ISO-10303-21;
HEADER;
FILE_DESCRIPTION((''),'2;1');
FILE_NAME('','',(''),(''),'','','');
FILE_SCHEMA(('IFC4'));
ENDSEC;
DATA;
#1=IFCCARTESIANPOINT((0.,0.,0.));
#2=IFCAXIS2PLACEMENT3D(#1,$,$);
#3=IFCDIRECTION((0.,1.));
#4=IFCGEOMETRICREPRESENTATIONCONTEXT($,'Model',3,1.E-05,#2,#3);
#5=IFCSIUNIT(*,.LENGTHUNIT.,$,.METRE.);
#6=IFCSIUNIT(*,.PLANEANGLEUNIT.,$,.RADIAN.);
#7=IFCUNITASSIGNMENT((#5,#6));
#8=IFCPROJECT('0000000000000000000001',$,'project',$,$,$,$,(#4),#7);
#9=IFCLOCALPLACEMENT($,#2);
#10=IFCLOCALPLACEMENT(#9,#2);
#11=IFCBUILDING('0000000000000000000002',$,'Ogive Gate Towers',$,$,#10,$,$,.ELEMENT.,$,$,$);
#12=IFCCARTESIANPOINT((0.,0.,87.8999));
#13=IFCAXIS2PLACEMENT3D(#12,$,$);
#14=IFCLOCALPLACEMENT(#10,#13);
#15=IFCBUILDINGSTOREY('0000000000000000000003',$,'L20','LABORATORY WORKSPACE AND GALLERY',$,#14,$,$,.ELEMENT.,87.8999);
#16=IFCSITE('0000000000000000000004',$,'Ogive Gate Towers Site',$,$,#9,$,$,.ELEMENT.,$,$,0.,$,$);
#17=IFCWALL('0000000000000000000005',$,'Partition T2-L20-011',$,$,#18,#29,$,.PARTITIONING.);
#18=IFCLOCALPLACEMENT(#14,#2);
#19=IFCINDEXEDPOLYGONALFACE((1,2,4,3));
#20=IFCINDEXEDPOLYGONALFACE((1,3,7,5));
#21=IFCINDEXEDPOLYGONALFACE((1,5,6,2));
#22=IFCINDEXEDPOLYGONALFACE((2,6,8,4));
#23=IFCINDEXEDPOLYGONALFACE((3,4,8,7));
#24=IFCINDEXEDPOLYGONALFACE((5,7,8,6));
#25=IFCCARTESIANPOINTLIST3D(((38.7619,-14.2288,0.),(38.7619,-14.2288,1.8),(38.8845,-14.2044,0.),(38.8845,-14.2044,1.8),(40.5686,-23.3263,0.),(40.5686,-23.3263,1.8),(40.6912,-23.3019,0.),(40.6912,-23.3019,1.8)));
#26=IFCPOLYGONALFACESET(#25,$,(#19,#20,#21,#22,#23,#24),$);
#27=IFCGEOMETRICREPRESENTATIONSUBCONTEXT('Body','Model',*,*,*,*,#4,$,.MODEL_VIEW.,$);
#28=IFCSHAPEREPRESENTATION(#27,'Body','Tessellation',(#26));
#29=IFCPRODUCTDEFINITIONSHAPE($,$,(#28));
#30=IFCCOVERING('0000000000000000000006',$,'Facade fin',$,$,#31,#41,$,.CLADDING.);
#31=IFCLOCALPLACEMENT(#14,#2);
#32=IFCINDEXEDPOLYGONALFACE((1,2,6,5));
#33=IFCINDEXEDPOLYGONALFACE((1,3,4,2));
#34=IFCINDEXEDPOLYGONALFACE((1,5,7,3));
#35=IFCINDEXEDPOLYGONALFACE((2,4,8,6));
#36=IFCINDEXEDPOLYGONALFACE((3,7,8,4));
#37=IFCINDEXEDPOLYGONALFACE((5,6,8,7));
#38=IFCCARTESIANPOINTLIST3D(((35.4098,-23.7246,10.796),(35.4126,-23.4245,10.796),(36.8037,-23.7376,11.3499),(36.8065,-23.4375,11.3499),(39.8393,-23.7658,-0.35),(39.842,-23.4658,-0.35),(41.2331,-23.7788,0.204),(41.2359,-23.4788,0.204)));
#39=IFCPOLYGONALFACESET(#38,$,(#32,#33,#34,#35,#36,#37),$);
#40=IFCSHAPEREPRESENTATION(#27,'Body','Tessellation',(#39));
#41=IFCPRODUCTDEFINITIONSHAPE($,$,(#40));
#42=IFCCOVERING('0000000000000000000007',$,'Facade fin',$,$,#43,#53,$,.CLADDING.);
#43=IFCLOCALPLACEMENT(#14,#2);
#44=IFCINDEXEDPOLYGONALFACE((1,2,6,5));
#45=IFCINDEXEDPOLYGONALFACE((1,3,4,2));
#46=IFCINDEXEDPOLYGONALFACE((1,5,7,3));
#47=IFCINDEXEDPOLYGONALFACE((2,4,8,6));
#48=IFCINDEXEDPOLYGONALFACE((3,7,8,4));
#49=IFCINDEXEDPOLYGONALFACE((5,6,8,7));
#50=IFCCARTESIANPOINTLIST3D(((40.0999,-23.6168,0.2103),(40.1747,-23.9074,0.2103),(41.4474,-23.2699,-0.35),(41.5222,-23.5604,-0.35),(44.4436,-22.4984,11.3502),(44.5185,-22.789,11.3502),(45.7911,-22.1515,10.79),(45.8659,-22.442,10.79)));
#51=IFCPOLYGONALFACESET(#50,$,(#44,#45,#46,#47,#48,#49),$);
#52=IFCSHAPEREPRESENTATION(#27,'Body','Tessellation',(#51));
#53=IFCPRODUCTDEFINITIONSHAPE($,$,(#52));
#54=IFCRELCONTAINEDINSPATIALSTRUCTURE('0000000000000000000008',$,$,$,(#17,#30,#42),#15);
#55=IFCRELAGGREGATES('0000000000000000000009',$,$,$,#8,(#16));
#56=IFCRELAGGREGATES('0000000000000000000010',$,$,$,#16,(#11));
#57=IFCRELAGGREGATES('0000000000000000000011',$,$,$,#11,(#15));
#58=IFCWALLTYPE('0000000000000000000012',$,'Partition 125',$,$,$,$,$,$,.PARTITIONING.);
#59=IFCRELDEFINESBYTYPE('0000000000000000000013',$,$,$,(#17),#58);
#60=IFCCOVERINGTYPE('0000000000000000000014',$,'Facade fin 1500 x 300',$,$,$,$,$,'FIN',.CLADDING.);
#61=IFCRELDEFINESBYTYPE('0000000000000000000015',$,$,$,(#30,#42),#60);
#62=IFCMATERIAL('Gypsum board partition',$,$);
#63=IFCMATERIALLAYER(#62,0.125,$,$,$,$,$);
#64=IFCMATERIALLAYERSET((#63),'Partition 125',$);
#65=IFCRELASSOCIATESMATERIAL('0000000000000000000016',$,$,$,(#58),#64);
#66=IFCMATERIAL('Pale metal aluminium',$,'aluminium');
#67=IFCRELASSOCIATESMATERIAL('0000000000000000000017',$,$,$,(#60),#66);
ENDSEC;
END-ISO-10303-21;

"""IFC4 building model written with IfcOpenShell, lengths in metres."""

from ifc_helpers import new_model, si_unit, direction, frame, frame_2d, origin, origin_2d, place, context, subcontext, project, spatial, rectangle, extrude, material, layer, layer_set, material_profile, profile_set, type_object, element, save


model = new_model("IFC4")

# Units and contexts
model_context = context("Model", 3, precision=1e-05, world=origin(), true_north=direction((0.0, 1.0)))
body_context = subcontext(model_context, "Body", "Model", "MODEL_VIEW")
ifc_project = project(units=[si_unit("LENGTHUNIT", "METRE"), si_unit("PLANEANGLEUNIT", "RADIAN")], contexts=[model_context])

# Site, building, storey
site_placement = place(None, origin())
site = spatial("IfcSite", under=ifc_project, at=site_placement, Name="Ogive Gate Towers Site", CompositionType="ELEMENT", RefElevation=0.0)
building_placement = place(site_placement, origin())
building = spatial("IfcBuilding", under=site, at=building_placement, Name="Ogive Gate Towers", CompositionType="ELEMENT")
storey_placement = place(building_placement, frame((0.0, 0.0, 87.8999)))
storey = spatial("IfcBuildingStorey", under=building, at=storey_placement, Name="L20", Description="LABORATORY WORKSPACE AND GALLERY", CompositionType="ELEMENT", Elevation=87.8999)

# Shared definitions
ifc_material_1 = material(Name="Pale metal aluminium", Category="aluminium")

# Wall
ifc_material_2 = material(Name="Gypsum board partition")
ifc_layer_1 = layer(ifc_material_2, 0.125)
ifc_layer_set_1 = layer_set([ifc_layer_1], Name="Partition 125")
wall_type = type_object("IfcWallType", Name="Partition 125", PredefinedType="PARTITIONING", material=ifc_layer_set_1)
wall_1_placement = place(storey_placement, frame((40.6299, -23.3142, 0.0), z_axis=(0.0, 0.0, 1.0), x_axis=(-0.194785, 0.980846, 0.0)))
element("IfcWall", 1, at=wall_1_placement, inside=storey, type_object=wall_type, Name="Partition T2-L20-011", PredefinedType="PARTITIONING", context=body_context, shape_type="SweptSolid", body=[
    extrude(rectangle(XDim=9.2751, YDim=0.125, at=frame_2d((4.6377, 0.0))), origin(), (0.0, 0.0, 1.0), 1.8),
])

# Coverings
ifc_material_profile_1 = material_profile(ifc_material_1, rectangle(XDim=0.3, YDim=1.5, at=origin_2d()), Name="1500 x 300 pale metal aluminium")
ifc_profile_set_1 = profile_set([ifc_material_profile_1], Name="Pale metal aluminium")
covering_type = type_object("IfcCoveringType", Name="Facade fin 1500 x 300", ElementType="FIN", PredefinedType="CLADDING", material=ifc_profile_set_1)
covering_1_placement = place(storey_placement, frame((40.5376, -23.6223, -0.073), z_axis=(-0.369306, 0.00344, 0.929301), x_axis=(-0.009314, -0.999957, 0.0)))
element("IfcCovering", 2, at=covering_1_placement, inside=storey, type_object=covering_type, Name="Facade fin", PredefinedType="CLADDING", context=body_context, shape_type="SweptSolid", body=[
    extrude(rectangle(XDim=0.3, YDim=1.5, at=origin_2d()), origin(), (0.0, 0.0, 1.0), 11.9939),
])
covering_2_placement = place(storey_placement, frame((40.811, -23.5886, -0.0698), z_axis=(0.361708, 0.093131, 0.927628), x_axis=(-0.249343, 0.968415, 0.0)))
element("IfcCovering", 3, at=covering_2_placement, inside=storey, type_object=covering_type, Name="Facade fin", PredefinedType="CLADDING", context=body_context, shape_type="SweptSolid", body=[
    extrude(rectangle(XDim=0.3, YDim=1.5, at=origin_2d()), origin(), (0.0, 0.0, 1.0), 12.009),
])

save(model, "model.ifc")
